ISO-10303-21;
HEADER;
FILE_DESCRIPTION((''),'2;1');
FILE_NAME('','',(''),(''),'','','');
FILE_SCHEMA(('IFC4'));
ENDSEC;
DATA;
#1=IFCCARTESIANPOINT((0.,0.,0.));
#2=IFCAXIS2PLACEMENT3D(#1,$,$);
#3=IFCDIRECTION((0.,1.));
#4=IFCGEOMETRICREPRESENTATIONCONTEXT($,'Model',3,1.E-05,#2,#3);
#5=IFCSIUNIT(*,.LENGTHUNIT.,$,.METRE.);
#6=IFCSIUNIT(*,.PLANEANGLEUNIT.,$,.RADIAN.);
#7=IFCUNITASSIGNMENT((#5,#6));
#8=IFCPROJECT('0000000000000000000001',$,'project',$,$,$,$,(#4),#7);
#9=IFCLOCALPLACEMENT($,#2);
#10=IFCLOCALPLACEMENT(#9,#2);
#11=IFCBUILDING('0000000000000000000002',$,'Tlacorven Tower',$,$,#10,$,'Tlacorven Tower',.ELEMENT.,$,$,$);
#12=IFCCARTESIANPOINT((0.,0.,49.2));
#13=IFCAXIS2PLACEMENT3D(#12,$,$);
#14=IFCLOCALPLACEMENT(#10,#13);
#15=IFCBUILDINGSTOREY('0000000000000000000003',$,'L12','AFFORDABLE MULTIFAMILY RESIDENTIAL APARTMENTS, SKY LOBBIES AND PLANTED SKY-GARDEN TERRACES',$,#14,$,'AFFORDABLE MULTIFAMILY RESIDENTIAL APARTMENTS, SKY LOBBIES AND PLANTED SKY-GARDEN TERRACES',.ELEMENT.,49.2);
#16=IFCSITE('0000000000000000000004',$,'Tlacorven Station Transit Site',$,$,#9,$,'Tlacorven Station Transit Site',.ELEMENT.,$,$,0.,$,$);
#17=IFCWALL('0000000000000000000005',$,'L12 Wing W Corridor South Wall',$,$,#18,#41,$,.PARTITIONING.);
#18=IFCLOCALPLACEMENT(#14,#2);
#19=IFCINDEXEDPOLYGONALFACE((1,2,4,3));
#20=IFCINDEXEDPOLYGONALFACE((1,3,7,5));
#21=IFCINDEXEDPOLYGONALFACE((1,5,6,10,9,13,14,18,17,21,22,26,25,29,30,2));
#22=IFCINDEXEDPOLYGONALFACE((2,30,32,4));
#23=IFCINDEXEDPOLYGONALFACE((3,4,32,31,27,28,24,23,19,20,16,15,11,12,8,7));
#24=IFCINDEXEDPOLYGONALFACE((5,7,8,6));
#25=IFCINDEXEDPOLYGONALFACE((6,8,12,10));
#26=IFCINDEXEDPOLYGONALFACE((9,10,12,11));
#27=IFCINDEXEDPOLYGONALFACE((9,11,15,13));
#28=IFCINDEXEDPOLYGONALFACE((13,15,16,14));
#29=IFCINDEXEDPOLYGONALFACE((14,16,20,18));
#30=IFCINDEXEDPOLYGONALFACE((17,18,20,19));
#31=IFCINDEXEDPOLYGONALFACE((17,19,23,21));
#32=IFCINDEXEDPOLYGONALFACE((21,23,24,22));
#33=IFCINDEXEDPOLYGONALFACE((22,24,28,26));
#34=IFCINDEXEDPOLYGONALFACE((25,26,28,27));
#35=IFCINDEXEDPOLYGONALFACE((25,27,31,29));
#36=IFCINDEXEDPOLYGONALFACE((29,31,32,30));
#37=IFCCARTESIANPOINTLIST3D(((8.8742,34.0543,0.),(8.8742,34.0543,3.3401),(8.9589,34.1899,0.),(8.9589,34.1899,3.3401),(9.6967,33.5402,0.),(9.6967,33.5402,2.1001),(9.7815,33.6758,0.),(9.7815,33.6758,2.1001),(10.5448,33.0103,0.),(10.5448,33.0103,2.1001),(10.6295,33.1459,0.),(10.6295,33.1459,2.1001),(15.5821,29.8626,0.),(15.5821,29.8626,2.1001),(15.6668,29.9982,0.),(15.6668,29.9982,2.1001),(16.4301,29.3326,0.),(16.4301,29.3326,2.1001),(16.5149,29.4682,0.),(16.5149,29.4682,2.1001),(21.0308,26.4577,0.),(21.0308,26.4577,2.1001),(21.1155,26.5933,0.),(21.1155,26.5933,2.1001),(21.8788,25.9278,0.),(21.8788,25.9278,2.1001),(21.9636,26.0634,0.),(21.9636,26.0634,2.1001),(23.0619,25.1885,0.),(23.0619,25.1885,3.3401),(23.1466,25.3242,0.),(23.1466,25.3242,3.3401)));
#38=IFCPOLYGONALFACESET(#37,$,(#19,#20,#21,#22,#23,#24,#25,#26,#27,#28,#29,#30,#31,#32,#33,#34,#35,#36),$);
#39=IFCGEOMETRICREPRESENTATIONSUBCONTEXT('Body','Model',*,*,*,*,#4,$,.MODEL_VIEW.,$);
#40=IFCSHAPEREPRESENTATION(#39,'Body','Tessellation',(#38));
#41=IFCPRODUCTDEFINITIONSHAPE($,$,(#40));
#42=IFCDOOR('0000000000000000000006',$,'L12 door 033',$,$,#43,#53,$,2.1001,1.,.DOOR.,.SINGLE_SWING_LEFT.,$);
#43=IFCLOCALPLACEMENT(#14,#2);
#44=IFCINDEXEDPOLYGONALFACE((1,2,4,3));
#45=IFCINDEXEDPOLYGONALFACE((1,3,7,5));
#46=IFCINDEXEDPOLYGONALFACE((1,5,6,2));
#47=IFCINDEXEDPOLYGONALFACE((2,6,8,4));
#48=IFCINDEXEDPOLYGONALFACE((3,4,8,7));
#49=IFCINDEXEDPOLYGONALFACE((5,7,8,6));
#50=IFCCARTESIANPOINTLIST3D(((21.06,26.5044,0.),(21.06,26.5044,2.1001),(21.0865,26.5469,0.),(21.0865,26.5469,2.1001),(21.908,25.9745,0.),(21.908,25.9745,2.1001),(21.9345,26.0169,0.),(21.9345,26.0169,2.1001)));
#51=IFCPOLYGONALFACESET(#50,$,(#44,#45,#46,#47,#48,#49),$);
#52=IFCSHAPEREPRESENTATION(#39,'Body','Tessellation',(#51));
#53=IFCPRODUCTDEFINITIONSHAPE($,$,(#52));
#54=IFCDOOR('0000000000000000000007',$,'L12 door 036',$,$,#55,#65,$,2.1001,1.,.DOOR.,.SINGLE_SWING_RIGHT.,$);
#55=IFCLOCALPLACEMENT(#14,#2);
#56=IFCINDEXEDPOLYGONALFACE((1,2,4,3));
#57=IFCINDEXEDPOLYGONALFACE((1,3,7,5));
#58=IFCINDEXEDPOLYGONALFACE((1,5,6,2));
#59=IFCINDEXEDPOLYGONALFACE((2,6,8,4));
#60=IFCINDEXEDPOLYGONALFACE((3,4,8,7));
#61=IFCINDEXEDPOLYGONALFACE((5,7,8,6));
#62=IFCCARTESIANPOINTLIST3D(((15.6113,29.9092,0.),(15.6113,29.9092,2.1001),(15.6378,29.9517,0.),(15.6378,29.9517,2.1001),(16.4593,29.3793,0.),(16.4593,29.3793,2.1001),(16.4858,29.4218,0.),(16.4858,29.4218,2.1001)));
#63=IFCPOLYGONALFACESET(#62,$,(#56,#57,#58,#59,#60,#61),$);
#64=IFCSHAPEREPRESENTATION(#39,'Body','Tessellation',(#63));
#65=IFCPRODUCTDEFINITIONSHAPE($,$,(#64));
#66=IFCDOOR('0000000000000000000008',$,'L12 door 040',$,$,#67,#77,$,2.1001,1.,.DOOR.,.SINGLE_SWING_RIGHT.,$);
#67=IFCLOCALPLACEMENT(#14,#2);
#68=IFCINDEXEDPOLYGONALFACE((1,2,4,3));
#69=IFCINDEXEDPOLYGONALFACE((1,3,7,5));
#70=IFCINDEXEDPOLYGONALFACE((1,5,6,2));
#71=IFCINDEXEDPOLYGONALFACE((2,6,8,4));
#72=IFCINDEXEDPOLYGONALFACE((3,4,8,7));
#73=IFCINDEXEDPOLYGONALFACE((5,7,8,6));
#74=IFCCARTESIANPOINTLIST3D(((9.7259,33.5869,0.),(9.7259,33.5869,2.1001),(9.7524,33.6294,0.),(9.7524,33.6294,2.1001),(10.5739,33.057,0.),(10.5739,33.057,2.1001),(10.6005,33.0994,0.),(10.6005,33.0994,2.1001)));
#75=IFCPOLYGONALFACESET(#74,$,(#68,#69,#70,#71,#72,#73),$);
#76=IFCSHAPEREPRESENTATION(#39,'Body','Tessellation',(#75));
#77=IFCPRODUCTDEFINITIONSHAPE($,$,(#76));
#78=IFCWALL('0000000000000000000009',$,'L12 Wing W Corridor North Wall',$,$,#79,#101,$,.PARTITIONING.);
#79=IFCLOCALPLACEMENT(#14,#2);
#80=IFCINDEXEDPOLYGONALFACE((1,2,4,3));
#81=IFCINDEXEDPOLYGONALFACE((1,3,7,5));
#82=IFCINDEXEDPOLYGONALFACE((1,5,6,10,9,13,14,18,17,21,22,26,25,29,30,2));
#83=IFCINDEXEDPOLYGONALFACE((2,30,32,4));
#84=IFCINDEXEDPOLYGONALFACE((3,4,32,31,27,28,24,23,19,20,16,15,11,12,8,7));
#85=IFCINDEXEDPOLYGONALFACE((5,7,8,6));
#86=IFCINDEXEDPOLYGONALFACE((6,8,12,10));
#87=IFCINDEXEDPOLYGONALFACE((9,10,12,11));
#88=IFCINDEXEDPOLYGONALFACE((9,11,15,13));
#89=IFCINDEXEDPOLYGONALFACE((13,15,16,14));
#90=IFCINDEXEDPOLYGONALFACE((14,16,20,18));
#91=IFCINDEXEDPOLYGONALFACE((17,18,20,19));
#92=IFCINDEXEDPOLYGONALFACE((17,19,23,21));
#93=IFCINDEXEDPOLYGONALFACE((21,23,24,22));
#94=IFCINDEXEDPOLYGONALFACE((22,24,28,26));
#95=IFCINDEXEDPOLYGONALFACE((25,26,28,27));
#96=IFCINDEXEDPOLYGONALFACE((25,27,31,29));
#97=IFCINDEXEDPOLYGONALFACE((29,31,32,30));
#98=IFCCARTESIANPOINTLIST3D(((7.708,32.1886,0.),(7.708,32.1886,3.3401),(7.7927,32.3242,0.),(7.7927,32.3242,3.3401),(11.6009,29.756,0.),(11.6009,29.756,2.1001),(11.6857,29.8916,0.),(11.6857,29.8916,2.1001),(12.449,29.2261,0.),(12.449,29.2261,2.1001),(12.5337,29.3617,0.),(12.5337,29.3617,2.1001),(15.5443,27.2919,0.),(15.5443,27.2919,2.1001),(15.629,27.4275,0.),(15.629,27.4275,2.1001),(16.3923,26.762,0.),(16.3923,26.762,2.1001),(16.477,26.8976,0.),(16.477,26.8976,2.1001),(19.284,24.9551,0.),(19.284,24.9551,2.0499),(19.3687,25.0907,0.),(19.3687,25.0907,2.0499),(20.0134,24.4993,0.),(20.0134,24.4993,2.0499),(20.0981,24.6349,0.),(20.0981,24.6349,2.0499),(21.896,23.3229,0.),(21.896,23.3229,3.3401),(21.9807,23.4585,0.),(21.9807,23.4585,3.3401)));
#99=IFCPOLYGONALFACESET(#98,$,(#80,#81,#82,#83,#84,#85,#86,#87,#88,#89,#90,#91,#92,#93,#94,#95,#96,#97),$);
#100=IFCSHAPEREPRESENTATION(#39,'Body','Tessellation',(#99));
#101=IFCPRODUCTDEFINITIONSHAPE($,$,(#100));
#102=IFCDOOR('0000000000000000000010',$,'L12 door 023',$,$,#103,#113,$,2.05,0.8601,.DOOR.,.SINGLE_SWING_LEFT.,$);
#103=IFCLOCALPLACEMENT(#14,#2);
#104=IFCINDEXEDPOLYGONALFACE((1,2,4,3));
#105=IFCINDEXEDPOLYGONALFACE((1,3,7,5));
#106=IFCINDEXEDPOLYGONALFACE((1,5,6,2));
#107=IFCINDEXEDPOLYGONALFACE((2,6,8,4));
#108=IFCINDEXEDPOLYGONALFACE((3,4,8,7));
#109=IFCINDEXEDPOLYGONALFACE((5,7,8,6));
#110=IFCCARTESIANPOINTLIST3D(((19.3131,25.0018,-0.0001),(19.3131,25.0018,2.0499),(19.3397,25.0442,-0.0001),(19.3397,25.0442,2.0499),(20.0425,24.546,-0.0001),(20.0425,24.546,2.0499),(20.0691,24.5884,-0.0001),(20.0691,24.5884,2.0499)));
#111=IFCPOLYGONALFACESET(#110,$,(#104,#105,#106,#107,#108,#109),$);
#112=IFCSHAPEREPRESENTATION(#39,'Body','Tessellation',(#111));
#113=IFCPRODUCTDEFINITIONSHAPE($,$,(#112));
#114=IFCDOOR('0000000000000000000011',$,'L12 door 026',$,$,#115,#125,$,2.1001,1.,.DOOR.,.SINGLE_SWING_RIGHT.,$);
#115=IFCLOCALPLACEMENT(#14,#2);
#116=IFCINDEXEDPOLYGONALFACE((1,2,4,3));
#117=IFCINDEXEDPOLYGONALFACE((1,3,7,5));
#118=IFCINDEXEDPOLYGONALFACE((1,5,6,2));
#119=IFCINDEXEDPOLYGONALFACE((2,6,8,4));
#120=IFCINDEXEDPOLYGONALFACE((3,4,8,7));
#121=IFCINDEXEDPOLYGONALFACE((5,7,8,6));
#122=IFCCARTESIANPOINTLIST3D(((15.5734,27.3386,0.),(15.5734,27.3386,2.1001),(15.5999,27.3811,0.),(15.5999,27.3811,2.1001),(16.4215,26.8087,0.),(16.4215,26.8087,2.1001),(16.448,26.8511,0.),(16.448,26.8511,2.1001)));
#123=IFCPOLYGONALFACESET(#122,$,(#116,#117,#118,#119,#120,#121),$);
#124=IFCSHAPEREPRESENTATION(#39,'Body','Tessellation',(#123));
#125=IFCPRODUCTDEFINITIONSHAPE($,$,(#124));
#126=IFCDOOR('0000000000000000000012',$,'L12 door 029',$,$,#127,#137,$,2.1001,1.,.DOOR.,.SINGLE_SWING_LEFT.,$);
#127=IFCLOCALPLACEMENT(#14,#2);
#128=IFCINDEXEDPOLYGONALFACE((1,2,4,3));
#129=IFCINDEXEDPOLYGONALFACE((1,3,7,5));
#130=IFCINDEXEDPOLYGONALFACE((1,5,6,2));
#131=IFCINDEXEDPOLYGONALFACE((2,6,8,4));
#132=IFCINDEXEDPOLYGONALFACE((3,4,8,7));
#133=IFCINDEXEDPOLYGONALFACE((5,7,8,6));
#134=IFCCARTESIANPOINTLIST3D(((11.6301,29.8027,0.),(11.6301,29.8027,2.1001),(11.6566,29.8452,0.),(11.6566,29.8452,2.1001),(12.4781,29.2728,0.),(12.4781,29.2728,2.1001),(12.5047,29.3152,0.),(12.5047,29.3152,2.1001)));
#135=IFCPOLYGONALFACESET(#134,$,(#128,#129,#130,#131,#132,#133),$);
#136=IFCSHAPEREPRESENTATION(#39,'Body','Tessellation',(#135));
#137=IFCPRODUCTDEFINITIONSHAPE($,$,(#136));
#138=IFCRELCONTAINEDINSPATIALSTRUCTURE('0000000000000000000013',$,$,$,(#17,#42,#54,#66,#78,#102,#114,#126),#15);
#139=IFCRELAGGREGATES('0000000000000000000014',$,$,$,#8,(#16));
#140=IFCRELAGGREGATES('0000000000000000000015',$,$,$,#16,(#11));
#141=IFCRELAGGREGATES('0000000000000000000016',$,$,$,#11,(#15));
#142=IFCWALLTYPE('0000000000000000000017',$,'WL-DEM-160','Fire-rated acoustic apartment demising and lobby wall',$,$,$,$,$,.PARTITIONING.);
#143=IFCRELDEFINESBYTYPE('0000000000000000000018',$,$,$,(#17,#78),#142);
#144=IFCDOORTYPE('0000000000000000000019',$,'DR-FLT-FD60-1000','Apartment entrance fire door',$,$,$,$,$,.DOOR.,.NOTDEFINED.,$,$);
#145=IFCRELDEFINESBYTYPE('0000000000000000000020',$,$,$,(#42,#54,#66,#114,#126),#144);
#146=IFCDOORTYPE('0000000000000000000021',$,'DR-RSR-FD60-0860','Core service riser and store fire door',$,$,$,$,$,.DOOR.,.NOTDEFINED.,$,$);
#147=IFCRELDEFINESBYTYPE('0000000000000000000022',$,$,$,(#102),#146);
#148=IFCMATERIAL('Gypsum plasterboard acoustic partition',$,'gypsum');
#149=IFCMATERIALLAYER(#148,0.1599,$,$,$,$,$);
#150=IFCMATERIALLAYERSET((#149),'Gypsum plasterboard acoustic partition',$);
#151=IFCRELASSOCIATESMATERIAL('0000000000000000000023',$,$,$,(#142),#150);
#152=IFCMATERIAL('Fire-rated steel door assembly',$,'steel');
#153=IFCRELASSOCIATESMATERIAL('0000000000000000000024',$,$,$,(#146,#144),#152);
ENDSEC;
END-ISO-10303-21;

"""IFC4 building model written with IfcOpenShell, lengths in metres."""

from ifc_helpers import new_model, si_unit, direction, frame, frame_2d, origin, place, context, subcontext, project, spatial, rectangle, extrude, source, transform, mapped, material, layer, layer_set, type_object, element, fill, save


model = new_model("IFC4")

# Units and contexts
model_context = context("Model", 3, precision=1e-05, world=origin(), true_north=direction((0.0, 1.0)))
body_context = subcontext(model_context, "Body", "Model", "MODEL_VIEW")
ifc_project = project(units=[si_unit("LENGTHUNIT", "METRE"), si_unit("PLANEANGLEUNIT", "RADIAN")], contexts=[model_context])

# Site, building, storey
site_placement = place(None, origin())
site = spatial("IfcSite", under=ifc_project, at=site_placement, Name="Tlacorven Station Transit Site", LongName="Tlacorven Station Transit Site", CompositionType="ELEMENT", RefElevation=0.0)
building_placement = place(site_placement, origin())
building = spatial("IfcBuilding", under=site, at=building_placement, Name="Tlacorven Tower", LongName="Tlacorven Tower", CompositionType="ELEMENT")
storey_placement = place(building_placement, frame((0.0, 0.0, 49.2)))
storey = spatial("IfcBuildingStorey", under=building, at=storey_placement, Name="L12", Description="AFFORDABLE MULTIFAMILY RESIDENTIAL APARTMENTS, SKY LOBBIES AND PLANTED SKY-GARDEN TERRACES", LongName="AFFORDABLE MULTIFAMILY RESIDENTIAL APARTMENTS, SKY LOBBIES AND PLANTED SKY-GARDEN TERRACES", CompositionType="ELEMENT", Elevation=49.2)

# Shared definitions
ifc_material_1 = material(Name="Gypsum plasterboard acoustic partition", Category="gypsum")
ifc_layer_1 = layer(ifc_material_1, 0.1599)
ifc_layer_set_1 = layer_set([ifc_layer_1], Name="Gypsum plasterboard acoustic partition")
wall_type_1 = type_object("IfcWallType", Name="WL-DEM-160", Description="Fire-rated acoustic apartment demising and lobby wall", PredefinedType="PARTITIONING", material=ifc_layer_set_1)
ifc_material_2 = material(Name="Fire-rated steel door assembly", Category="steel")
door_type_1 = type_object("IfcDoorType", Name="DR-RSR-FD60-0860", Description="Core service riser and store fire door", OperationType="NOTDEFINED", PredefinedType="DOOR", material=ifc_material_2)
shared_shape_1 = source(origin(), body_context, "Body", "SweptSolid", [
    extrude(rectangle(XDim=0.8601, YDim=2.05, at=frame_2d((0.4302, 1.0249))), frame((0.0, 0.0249, 0.0), z_axis=(0.0, -1.0, 0.0), x_axis=(1.0, 0.0, 0.0)), (0.0, 0.0, 1.0), 0.05),
])

# Walls, openings, doors
wall_1_placement = place(storey_placement, frame((23.1042, 25.2563, 0.0), z_axis=(0.0, 0.0, 1.0), x_axis=(-0.848042, 0.529929, 0.0)))
wall_1 = element("IfcWall", 1, at=wall_1_placement, inside=storey, type_object=wall_type_1, Name="L12 Wing W Corridor South Wall", PredefinedType="PARTITIONING", context=body_context, shape_type="SweptSolid", body=[
    extrude(rectangle(XDim=16.73, YDim=0.1599, at=frame_2d((8.365, 0.0))), origin(), (0.0, 0.0, 1.0), 3.3401),
])
opening_1_placement = place(wall_1_placement, frame((1.395, 0.0, 0.0)))
opening_1 = element("IfcOpeningElement", 2, at=opening_1_placement, cuts=wall_1, PredefinedType="OPENING", context=body_context, shape_type="SweptSolid", body=[
    extrude(rectangle(XDim=1.0, YDim=2.1001, at=frame_2d((0.5, 1.05))), frame((0.0, 0.0898, 0.0), z_axis=(0.0, -1.0, 0.0), x_axis=(1.0, 0.0, 0.0)), (0.0, 0.0, 1.0), 0.1799),
])
opening_2_placement = place(wall_1_placement, frame((7.8201, 0.0, 0.0)))
opening_2 = element("IfcOpeningElement", 3, at=opening_2_placement, cuts=wall_1, PredefinedType="OPENING", context=body_context, shape_type="SweptSolid", body=[
    extrude(rectangle(XDim=1.0, YDim=2.1001, at=frame_2d((0.5, 1.05))), frame((0.0, 0.0898, 0.0), z_axis=(0.0, -1.0, 0.0), x_axis=(1.0, 0.0, 0.0)), (0.0, 0.0, 1.0), 0.1799),
])
opening_3_placement = place(wall_1_placement, frame((14.76, 0.0, 0.0)))
opening_3 = element("IfcOpeningElement", 4, at=opening_3_placement, cuts=wall_1, PredefinedType="OPENING", context=body_context, shape_type="SweptSolid", body=[
    extrude(rectangle(XDim=1.0, YDim=2.1001, at=frame_2d((0.5, 1.05))), frame((0.0, 0.0898, 0.0), z_axis=(0.0, -1.0, 0.0), x_axis=(1.0, 0.0, 0.0)), (0.0, 0.0, 1.0), 0.1799),
])
door_type_2 = type_object("IfcDoorType", Name="DR-FLT-FD60-1000", Description="Apartment entrance fire door", OperationType="NOTDEFINED", PredefinedType="DOOR", material=ifc_material_2)
shared_shape_2 = source(origin(), body_context, "Body", "SweptSolid", [
    extrude(rectangle(XDim=1.0, YDim=2.1001, at=frame_2d((0.5, 1.05))), frame((0.0, 0.0249, 0.0), z_axis=(0.0, -1.0, 0.0), x_axis=(1.0, 0.0, 0.0)), (0.0, 0.0, 1.0), 0.05),
])
door_1_placement = place(opening_1_placement, origin())
door_1 = element("IfcDoor", 5, at=door_1_placement, inside=storey, type_object=door_type_2, Name="L12 door 033", OperationType="SINGLE_SWING_LEFT", OverallHeight=2.1001, OverallWidth=1.0, PredefinedType="DOOR", context=body_context, shape_type="MappedRepresentation", body=[
    mapped(shared_shape_2, transform((0.0, 0.0, 0.0), scale=1.0)),
])
fill(opening_1, door_1)
door_2_placement = place(opening_2_placement, origin())
door_2 = element("IfcDoor", 6, at=door_2_placement, inside=storey, type_object=door_type_2, Name="L12 door 036", OperationType="SINGLE_SWING_RIGHT", OverallHeight=2.1001, OverallWidth=1.0, PredefinedType="DOOR", context=body_context, shape_type="MappedRepresentation", body=[
    mapped(shared_shape_2, transform((0.0, 0.0, 0.0), scale=1.0)),
])
fill(opening_2, door_2)
door_3_placement = place(opening_3_placement, origin())
door_3 = element("IfcDoor", 7, at=door_3_placement, inside=storey, type_object=door_type_2, Name="L12 door 040", OperationType="SINGLE_SWING_RIGHT", OverallHeight=2.1001, OverallWidth=1.0, PredefinedType="DOOR", context=body_context, shape_type="MappedRepresentation", body=[
    mapped(shared_shape_2, transform((0.0, 0.0, 0.0), scale=1.0)),
])
fill(opening_3, door_3)
wall_2_placement = place(storey_placement, frame((21.9385, 23.3906, 0.0), z_axis=(0.0, 0.0, 1.0), x_axis=(-0.848046, 0.529923, 0.0)))
wall_2 = element("IfcWall", 8, at=wall_2_placement, inside=storey, type_object=wall_type_1, Name="L12 Wing W Corridor North Wall", PredefinedType="PARTITIONING", context=body_context, shape_type="SweptSolid", body=[
    extrude(rectangle(XDim=16.7302, YDim=0.1599, at=frame_2d((8.3652, 0.0))), origin(), (0.0, 0.0, 1.0), 3.3401),
])
opening_4_placement = place(wall_2_placement, frame((2.22, 0.0, 0.0)))
opening_4 = element("IfcOpeningElement", 9, at=opening_4_placement, cuts=wall_2, PredefinedType="OPENING", context=body_context, shape_type="SweptSolid", body=[
    extrude(rectangle(XDim=0.8601, YDim=2.05, at=frame_2d((0.4302, 1.0249))), frame((0.0, 0.0898, 0.0), z_axis=(0.0, -1.0, 0.0), x_axis=(1.0, 0.0, 0.0)), (0.0, 0.0, 1.0), 0.1799),
])
opening_5_placement = place(wall_2_placement, frame((6.49, 0.0, 0.0)))
opening_5 = element("IfcOpeningElement", 10, at=opening_5_placement, cuts=wall_2, PredefinedType="OPENING", context=body_context, shape_type="SweptSolid", body=[
    extrude(rectangle(XDim=1.0, YDim=2.1001, at=frame_2d((0.5, 1.05))), frame((0.0, 0.0898, 0.0), z_axis=(0.0, -1.0, 0.0), x_axis=(1.0, 0.0, 0.0)), (0.0, 0.0, 1.0), 0.1799),
])
opening_6_placement = place(wall_2_placement, frame((11.1399, 0.0, 0.0)))
opening_6 = element("IfcOpeningElement", 11, at=opening_6_placement, cuts=wall_2, PredefinedType="OPENING", context=body_context, shape_type="SweptSolid", body=[
    extrude(rectangle(XDim=1.0, YDim=2.1001, at=frame_2d((0.5, 1.05))), frame((0.0, 0.0898, 0.0), z_axis=(0.0, -1.0, 0.0), x_axis=(1.0, 0.0, 0.0)), (0.0, 0.0, 1.0), 0.1799),
])
door_4_placement = place(opening_4_placement, origin())
door_4 = element("IfcDoor", 12, at=door_4_placement, inside=storey, type_object=door_type_1, Name="L12 door 023", OperationType="SINGLE_SWING_LEFT", OverallHeight=2.05, OverallWidth=0.8601, PredefinedType="DOOR", context=body_context, shape_type="MappedRepresentation", body=[
    mapped(shared_shape_1, transform((0.0, 0.0, 0.0), scale=1.0)),
])
fill(opening_4, door_4)
door_5_placement = place(opening_5_placement, origin())
door_5 = element("IfcDoor", 13, at=door_5_placement, inside=storey, type_object=door_type_2, Name="L12 door 026", OperationType="SINGLE_SWING_RIGHT", OverallHeight=2.1001, OverallWidth=1.0, PredefinedType="DOOR", context=body_context, shape_type="MappedRepresentation", body=[
    mapped(shared_shape_2, transform((0.0, 0.0, 0.0), scale=1.0)),
])
fill(opening_5, door_5)
door_6_placement = place(opening_6_placement, origin())
door_6 = element("IfcDoor", 14, at=door_6_placement, inside=storey, type_object=door_type_2, Name="L12 door 029", OperationType="SINGLE_SWING_LEFT", OverallHeight=2.1001, OverallWidth=1.0, PredefinedType="DOOR", context=body_context, shape_type="MappedRepresentation", body=[
    mapped(shared_shape_2, transform((0.0, 0.0, 0.0), scale=1.0)),
])
fill(opening_6, door_6)

save(model, "model.ifc")
